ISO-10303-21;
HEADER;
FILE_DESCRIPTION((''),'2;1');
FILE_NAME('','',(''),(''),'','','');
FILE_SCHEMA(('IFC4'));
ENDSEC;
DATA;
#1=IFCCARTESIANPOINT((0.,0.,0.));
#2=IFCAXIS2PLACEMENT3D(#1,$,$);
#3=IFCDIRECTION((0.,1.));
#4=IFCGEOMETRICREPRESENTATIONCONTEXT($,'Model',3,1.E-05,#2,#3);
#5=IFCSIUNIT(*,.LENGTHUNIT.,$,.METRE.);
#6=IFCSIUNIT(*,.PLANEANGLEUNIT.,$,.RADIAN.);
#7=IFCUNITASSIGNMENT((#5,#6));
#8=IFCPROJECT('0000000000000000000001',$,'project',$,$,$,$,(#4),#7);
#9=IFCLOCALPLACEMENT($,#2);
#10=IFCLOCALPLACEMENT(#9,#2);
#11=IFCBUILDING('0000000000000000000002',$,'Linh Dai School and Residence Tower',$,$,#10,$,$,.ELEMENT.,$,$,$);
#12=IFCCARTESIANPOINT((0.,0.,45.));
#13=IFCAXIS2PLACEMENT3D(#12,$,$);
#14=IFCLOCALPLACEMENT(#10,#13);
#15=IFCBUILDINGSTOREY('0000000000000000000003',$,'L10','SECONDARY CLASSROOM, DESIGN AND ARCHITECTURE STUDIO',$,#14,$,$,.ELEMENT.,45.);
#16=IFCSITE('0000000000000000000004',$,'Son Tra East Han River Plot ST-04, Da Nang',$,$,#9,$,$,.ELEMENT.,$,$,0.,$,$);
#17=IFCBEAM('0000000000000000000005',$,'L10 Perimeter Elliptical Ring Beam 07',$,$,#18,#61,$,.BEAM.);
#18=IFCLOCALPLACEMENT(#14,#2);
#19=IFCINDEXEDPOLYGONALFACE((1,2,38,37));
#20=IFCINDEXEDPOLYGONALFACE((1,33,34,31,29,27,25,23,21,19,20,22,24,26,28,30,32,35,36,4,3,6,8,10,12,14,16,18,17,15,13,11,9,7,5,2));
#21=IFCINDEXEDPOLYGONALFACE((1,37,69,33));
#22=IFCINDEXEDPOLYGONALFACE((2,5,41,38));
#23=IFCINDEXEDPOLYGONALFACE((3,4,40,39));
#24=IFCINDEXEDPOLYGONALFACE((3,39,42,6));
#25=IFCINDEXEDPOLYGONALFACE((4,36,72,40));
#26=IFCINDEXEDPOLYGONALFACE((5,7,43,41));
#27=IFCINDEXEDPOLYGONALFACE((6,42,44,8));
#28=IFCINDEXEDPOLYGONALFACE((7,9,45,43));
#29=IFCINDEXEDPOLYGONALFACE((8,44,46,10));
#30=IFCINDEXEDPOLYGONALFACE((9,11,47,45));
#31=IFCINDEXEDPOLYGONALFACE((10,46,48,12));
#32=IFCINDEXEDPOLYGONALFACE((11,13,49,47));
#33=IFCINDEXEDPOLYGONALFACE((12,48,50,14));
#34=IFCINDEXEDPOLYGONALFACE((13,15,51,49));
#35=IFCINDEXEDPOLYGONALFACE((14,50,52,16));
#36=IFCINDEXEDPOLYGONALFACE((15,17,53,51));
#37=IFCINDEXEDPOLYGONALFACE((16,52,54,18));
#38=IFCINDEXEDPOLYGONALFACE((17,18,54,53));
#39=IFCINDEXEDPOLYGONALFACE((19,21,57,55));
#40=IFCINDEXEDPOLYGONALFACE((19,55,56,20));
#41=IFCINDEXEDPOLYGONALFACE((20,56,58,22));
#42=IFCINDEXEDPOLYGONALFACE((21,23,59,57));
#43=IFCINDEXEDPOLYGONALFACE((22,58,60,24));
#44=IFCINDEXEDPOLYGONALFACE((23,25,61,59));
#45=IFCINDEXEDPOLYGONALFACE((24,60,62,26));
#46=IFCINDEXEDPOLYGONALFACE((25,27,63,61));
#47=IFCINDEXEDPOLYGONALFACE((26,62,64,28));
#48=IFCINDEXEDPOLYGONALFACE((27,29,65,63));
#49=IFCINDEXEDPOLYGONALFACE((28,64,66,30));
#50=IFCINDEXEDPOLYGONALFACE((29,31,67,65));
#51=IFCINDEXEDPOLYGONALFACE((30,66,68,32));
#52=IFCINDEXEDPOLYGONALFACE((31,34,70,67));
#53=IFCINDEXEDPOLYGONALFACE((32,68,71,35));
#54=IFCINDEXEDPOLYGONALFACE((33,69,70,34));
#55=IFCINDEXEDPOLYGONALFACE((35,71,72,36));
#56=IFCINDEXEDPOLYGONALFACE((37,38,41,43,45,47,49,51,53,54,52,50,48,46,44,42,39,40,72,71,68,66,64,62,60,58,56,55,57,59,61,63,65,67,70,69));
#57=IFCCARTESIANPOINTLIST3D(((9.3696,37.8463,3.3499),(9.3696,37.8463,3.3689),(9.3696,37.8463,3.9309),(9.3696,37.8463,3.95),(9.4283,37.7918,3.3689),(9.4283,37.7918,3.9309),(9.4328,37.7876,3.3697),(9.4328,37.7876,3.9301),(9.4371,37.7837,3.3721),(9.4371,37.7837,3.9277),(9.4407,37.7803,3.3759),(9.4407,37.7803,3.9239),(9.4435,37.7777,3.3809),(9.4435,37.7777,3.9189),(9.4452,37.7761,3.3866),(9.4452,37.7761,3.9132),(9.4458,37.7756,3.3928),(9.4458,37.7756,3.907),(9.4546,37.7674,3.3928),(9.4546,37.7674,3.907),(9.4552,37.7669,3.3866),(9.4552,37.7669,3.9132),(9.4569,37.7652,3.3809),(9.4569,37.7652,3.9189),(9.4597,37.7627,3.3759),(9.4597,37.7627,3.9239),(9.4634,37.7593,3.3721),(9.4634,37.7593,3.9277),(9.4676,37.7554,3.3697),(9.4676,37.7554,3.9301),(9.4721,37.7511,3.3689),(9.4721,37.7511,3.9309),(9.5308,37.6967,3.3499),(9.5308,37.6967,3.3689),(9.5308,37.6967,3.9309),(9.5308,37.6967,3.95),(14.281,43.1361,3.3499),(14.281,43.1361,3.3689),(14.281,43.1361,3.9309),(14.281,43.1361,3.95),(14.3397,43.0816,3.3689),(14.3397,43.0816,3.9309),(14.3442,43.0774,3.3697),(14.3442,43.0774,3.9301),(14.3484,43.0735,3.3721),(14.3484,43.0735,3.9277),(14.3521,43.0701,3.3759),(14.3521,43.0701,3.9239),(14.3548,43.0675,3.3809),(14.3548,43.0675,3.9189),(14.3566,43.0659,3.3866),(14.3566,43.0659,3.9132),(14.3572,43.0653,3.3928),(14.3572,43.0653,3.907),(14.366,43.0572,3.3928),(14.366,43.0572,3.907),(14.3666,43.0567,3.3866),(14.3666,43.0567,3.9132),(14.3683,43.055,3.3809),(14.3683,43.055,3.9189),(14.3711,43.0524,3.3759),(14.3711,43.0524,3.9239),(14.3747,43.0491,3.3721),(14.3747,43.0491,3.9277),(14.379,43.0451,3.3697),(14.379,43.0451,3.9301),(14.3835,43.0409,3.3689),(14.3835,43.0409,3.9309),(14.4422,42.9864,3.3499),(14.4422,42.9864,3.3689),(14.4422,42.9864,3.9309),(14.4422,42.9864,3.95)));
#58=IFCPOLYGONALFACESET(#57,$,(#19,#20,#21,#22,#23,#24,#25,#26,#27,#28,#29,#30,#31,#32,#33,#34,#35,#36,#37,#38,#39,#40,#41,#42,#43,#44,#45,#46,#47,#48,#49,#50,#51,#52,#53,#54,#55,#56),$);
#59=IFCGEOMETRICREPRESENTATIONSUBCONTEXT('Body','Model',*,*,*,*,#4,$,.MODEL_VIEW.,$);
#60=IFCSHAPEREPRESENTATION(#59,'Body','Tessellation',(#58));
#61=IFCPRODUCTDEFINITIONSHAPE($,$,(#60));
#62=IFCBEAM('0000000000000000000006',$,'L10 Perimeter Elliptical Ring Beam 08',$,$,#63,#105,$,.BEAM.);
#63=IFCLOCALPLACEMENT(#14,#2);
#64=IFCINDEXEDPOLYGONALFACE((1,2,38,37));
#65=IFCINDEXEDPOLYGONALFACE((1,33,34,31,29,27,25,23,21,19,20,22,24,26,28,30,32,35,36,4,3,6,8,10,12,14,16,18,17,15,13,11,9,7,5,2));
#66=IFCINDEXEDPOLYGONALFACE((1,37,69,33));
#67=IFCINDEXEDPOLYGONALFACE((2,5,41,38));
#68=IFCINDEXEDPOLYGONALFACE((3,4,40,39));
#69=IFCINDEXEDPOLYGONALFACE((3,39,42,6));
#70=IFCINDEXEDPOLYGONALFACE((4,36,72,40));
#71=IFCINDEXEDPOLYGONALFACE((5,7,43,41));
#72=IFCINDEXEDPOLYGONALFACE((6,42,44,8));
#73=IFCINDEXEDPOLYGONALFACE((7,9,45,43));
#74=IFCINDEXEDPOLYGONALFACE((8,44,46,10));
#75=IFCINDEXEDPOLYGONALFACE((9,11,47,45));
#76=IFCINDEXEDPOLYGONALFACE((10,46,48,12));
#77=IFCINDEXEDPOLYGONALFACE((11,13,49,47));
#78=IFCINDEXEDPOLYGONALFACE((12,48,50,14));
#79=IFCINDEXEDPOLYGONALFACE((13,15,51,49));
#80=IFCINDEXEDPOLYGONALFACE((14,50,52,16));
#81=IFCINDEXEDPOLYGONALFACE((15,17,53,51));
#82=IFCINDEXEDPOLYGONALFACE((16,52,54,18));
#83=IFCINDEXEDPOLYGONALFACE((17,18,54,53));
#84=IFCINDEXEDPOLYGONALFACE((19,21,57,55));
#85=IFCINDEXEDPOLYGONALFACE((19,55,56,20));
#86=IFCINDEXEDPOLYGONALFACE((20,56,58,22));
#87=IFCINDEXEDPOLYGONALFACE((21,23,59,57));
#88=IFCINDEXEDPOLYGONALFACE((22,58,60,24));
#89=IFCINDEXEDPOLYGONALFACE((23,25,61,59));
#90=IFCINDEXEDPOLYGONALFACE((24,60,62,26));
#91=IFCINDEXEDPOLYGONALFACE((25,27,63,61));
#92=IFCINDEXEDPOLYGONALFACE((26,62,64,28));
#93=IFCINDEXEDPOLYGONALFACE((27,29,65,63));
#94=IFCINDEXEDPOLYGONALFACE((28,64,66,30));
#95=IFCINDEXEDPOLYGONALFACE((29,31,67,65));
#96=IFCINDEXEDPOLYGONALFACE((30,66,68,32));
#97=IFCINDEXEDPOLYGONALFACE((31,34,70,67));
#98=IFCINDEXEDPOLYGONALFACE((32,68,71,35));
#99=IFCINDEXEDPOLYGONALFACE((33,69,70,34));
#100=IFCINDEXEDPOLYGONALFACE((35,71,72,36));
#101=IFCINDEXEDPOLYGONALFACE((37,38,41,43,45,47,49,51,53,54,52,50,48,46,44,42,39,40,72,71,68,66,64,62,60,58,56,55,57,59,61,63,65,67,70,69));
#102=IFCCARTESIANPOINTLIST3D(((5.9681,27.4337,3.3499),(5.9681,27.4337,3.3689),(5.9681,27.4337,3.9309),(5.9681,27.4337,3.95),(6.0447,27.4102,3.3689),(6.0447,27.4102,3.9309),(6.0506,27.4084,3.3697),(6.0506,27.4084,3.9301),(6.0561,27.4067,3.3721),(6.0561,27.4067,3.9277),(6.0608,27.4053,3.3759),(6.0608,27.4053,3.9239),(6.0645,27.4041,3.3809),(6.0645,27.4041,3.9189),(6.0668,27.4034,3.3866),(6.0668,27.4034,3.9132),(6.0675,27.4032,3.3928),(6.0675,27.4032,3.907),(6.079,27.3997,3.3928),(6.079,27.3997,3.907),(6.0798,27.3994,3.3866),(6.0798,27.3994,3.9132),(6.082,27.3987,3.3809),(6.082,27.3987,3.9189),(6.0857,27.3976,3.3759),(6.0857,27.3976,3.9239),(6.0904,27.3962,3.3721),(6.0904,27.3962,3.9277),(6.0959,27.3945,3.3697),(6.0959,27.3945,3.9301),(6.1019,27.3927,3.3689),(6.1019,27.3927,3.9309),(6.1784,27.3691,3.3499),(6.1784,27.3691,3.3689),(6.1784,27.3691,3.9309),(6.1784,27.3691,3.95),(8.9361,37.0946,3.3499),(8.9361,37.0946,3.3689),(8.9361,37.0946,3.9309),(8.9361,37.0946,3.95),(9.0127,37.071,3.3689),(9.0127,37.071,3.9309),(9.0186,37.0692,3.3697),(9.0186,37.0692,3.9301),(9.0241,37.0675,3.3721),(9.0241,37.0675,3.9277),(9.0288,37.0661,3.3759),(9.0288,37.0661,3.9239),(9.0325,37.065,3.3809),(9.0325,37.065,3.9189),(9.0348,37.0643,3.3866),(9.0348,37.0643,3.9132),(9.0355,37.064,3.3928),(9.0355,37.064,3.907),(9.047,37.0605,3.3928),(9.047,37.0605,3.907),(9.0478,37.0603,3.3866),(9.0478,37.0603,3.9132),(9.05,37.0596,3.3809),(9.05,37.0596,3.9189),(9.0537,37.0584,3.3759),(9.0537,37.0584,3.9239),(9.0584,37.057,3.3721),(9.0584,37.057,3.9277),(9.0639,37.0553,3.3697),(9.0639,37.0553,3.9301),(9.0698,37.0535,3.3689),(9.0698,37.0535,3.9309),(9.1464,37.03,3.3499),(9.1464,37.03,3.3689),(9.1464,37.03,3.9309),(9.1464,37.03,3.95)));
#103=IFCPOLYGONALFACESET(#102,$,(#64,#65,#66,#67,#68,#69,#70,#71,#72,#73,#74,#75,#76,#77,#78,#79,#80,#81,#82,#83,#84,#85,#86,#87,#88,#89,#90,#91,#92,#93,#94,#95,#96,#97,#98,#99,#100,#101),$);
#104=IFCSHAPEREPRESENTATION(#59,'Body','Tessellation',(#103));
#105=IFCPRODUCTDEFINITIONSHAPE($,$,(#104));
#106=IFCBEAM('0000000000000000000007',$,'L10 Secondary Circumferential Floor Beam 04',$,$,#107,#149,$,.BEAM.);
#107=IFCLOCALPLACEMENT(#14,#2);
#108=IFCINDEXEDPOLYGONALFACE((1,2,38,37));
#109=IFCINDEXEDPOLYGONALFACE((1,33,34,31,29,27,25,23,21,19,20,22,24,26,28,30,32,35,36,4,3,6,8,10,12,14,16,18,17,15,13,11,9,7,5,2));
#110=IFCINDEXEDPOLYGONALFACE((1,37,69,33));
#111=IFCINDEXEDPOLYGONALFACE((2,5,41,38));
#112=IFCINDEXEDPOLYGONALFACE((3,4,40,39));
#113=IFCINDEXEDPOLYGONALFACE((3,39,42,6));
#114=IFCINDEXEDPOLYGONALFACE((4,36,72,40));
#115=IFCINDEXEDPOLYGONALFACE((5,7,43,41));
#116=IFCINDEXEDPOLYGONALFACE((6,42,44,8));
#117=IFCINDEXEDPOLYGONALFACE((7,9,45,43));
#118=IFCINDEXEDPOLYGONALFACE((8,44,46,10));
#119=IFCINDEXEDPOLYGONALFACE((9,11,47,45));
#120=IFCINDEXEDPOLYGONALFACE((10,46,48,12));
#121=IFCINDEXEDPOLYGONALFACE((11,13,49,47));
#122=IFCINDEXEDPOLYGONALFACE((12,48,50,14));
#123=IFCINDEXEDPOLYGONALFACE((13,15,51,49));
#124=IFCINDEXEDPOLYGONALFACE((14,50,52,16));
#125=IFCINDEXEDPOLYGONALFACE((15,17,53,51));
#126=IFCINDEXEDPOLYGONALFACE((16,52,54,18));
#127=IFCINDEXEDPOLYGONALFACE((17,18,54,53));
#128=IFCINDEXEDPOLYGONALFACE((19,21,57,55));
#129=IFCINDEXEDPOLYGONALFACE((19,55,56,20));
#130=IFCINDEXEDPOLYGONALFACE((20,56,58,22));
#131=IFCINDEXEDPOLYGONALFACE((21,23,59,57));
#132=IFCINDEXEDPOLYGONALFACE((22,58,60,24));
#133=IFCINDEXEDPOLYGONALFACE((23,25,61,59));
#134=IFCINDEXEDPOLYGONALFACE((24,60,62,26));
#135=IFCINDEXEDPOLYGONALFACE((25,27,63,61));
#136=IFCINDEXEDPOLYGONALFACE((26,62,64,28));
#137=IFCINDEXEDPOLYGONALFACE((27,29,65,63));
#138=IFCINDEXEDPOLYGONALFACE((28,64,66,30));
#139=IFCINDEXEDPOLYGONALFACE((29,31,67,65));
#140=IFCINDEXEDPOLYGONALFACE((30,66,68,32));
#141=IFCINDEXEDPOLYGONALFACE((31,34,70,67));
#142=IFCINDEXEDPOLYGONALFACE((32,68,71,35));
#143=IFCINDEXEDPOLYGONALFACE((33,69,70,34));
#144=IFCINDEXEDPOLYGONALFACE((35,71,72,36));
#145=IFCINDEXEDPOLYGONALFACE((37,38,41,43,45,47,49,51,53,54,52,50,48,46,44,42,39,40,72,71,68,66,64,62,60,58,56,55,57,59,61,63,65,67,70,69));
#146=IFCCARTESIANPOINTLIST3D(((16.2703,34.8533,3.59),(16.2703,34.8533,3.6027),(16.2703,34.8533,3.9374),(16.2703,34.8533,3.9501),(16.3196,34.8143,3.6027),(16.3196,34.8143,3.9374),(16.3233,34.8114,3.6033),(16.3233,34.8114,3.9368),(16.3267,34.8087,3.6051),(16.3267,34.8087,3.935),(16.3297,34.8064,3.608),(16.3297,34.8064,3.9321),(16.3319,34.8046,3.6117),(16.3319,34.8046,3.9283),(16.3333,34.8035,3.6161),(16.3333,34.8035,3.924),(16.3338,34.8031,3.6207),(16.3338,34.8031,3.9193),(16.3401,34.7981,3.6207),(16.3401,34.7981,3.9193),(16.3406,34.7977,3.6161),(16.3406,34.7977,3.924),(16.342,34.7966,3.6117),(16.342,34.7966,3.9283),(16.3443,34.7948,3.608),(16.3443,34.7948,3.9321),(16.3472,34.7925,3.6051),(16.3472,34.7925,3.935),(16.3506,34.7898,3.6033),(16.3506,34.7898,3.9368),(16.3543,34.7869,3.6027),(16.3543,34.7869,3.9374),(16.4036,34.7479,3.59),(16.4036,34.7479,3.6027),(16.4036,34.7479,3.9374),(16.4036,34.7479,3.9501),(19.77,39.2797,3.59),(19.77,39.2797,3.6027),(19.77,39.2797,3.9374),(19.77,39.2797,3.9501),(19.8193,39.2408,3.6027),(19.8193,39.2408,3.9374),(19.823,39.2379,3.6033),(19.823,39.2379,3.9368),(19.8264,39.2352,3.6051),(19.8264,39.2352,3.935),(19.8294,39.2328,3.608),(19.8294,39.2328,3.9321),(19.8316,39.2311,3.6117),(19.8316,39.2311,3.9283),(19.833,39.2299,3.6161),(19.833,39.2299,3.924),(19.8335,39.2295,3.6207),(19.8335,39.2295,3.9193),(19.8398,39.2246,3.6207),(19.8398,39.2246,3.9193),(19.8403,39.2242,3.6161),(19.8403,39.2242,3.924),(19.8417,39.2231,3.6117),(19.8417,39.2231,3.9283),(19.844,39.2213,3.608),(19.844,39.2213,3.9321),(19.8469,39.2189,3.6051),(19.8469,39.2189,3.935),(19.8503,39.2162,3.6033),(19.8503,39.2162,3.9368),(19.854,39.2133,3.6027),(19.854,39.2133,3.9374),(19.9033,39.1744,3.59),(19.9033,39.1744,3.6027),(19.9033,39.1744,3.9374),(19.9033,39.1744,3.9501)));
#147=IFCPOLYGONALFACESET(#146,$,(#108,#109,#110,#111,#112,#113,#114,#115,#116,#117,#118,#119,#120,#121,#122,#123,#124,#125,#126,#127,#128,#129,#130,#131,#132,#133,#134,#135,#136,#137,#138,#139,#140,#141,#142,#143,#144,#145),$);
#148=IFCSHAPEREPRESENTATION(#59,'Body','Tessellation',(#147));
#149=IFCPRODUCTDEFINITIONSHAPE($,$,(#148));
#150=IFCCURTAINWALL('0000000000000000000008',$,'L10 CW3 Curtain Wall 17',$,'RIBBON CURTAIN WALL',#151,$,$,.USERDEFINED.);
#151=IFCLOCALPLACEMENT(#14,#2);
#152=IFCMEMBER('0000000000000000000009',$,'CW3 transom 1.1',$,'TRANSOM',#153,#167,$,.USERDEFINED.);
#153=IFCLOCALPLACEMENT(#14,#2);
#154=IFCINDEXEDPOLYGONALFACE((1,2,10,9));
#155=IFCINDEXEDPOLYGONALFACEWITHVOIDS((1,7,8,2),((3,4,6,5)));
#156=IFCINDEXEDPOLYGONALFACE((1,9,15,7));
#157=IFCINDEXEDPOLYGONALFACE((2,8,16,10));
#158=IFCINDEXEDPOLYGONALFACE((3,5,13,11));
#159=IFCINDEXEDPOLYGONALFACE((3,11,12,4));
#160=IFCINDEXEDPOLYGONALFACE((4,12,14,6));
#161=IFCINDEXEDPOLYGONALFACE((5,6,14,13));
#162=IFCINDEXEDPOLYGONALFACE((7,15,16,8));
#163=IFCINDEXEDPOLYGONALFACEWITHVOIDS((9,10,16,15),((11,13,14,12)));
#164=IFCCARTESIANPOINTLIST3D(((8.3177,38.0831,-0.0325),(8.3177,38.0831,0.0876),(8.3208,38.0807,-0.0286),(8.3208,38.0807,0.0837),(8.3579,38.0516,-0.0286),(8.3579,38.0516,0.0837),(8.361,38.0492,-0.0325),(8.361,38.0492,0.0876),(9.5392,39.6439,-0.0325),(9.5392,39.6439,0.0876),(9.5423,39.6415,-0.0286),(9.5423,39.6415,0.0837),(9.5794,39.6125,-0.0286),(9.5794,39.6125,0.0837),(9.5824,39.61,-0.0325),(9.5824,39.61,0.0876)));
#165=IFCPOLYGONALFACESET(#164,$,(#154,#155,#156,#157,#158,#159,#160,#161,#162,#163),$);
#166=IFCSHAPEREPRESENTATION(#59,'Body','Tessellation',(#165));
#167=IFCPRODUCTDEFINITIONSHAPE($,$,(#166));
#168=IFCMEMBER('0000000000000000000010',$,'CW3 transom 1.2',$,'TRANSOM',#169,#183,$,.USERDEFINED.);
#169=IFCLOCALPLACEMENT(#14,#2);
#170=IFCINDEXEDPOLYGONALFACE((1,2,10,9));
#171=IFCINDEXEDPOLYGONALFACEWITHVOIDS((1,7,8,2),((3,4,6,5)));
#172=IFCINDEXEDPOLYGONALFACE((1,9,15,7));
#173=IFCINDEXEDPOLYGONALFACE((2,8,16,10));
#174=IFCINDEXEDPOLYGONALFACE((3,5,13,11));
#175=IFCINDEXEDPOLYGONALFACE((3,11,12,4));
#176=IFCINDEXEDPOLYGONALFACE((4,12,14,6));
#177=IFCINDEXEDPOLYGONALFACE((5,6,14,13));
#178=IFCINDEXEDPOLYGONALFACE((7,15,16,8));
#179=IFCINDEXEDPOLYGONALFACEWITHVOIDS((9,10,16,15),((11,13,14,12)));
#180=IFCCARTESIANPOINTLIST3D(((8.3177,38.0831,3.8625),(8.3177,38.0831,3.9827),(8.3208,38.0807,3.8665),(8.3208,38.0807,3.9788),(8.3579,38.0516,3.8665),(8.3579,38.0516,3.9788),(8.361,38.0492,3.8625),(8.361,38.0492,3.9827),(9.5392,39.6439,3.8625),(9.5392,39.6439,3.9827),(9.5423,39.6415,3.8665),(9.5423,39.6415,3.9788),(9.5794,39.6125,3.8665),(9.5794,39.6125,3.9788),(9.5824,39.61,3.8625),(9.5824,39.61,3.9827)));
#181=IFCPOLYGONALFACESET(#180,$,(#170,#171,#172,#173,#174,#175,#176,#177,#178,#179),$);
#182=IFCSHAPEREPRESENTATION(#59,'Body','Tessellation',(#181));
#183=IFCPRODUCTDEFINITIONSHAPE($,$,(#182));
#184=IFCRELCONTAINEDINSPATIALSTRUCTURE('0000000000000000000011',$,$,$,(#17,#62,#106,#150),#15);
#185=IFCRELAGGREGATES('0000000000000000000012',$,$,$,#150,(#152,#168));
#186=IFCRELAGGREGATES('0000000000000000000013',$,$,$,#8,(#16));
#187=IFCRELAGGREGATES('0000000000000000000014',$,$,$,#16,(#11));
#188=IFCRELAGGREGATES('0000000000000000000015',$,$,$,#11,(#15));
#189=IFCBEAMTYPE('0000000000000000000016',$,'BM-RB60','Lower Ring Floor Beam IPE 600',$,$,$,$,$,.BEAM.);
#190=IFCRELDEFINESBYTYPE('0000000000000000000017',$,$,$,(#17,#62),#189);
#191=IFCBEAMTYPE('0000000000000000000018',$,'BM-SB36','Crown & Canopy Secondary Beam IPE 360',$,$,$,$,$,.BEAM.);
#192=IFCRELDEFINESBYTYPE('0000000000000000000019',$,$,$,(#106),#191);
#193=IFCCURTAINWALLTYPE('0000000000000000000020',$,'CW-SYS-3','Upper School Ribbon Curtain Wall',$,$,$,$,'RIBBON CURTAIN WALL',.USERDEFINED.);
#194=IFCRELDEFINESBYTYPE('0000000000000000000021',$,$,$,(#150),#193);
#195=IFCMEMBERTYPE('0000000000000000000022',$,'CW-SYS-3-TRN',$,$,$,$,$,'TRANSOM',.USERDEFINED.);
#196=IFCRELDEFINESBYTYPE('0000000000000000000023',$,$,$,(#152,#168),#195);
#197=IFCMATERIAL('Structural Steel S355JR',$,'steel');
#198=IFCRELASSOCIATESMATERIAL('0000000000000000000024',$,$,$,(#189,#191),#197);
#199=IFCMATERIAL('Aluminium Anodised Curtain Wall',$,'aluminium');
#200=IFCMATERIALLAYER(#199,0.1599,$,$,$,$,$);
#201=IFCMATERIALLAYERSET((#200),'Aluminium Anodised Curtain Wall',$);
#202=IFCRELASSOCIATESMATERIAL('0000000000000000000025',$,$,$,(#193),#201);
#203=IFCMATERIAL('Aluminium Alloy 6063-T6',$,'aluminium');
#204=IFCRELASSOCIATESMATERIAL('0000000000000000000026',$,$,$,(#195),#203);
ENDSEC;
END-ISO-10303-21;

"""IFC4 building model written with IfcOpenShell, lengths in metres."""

from ifc_helpers import new_model, si_unit, direction, frame, origin, origin_2d, place, context, subcontext, project, spatial, hollow_rectangle, i_section, extrude, source, transform, mapped, material, layer, layer_set, material_profile, profile_set, type_object, element, aggregate, save


model = new_model("IFC4")

# Units and contexts
model_context = context("Model", 3, precision=1e-05, world=origin(), true_north=direction((0.0, 1.0)))
body_context = subcontext(model_context, "Body", "Model", "MODEL_VIEW")
ifc_project = project(units=[si_unit("LENGTHUNIT", "METRE"), si_unit("PLANEANGLEUNIT", "RADIAN")], contexts=[model_context])

# Site, building, storey
site_placement = place(None, origin())
site = spatial("IfcSite", under=ifc_project, at=site_placement, Name="Son Tra East Han River Plot ST-04, Da Nang", CompositionType="ELEMENT", RefElevation=0.0)
building_placement = place(site_placement, origin())
building = spatial("IfcBuilding", under=site, at=building_placement, Name="Linh Dai School and Residence Tower", CompositionType="ELEMENT")
storey_placement = place(building_placement, frame((0.0, 0.0, 45.0)))
storey = spatial("IfcBuildingStorey", under=building, at=storey_placement, Name="L10", Description="SECONDARY CLASSROOM, DESIGN AND ARCHITECTURE STUDIO", CompositionType="ELEMENT", Elevation=45.0)

# Shared definitions
ifc_material_1 = material(Name="Structural Steel S355JR", Category="steel")

# Beams
ifc_material_profile_1 = material_profile(ifc_material_1, i_section(OverallWidth=0.22, OverallDepth=0.6001, WebThickness=0.012, FlangeThickness=0.019, FilletRadius=0.0239, at=origin_2d()), Name="IPE 600")
ifc_profile_set_1 = profile_set([ifc_material_profile_1], Name="Structural Steel S355JR")
beam_type_1 = type_object("IfcBeamType", Name="BM-RB60", Description="Lower Ring Floor Beam IPE 600", PredefinedType="BEAM", material=ifc_profile_set_1)
beam_1_placement = place(storey_placement, frame((14.3616, 43.0613, 3.6499), z_axis=(-0.680408, -0.732833, 0.0), x_axis=(0.732833, -0.680408, 0.0)))
element("IfcBeam", 1, at=beam_1_placement, inside=storey, type_object=beam_type_1, Name="L10 Perimeter Elliptical Ring Beam 07", PredefinedType="BEAM", context=body_context, shape_type="SweptSolid", body=[
    extrude(i_section(OverallWidth=0.22, OverallDepth=0.6001, WebThickness=0.012, FlangeThickness=0.019, FilletRadius=0.0239, at=origin_2d()), origin(), (0.0, 0.0, 1.0), 7.2183),
])
beam_2_placement = place(storey_placement, frame((9.0413, 37.0623, 3.6499), z_axis=(-0.293673, -0.955906, 0.0), x_axis=(0.955906, -0.293673, 0.0)))
element("IfcBeam", 2, at=beam_2_placement, inside=storey, type_object=beam_type_1, Name="L10 Perimeter Elliptical Ring Beam 08", PredefinedType="BEAM", context=body_context, shape_type="SweptSolid", body=[
    extrude(i_section(OverallWidth=0.22, OverallDepth=0.6001, WebThickness=0.012, FlangeThickness=0.019, FilletRadius=0.0239, at=origin_2d()), origin(), (0.0, 0.0, 1.0), 10.1064),
])
ifc_material_profile_2 = material_profile(ifc_material_1, i_section(OverallWidth=0.1699, OverallDepth=0.3601, WebThickness=0.0081, FlangeThickness=0.0127, FilletRadius=0.0181, at=origin_2d()), Name="IPE 360")
ifc_profile_set_2 = profile_set([ifc_material_profile_2], Name="Structural Steel S355JR")
beam_type_2 = type_object("IfcBeamType", Name="BM-SB36", Description="Crown & Canopy Secondary Beam IPE 360", PredefinedType="BEAM", material=ifc_profile_set_2)
beam_3_placement = place(storey_placement, frame((19.8367, 39.2271, 3.77), z_axis=(-0.620205, -0.78444, 0.0), x_axis=(0.78444, -0.620205, 0.0)))
element("IfcBeam", 3, at=beam_3_placement, inside=storey, type_object=beam_type_2, Name="L10 Secondary Circumferential Floor Beam 04", PredefinedType="BEAM", context=body_context, shape_type="SweptSolid", body=[
    extrude(i_section(OverallWidth=0.1699, OverallDepth=0.3601, WebThickness=0.0081, FlangeThickness=0.0127, FilletRadius=0.0181, at=origin_2d()), origin(), (0.0, 0.0, 1.0), 5.6428),
])

# Curtain wall, members
ifc_material_2 = material(Name="Aluminium Anodised Curtain Wall", Category="aluminium")
ifc_layer_1 = layer(ifc_material_2, 0.1599)
ifc_layer_set_1 = layer_set([ifc_layer_1], Name="Aluminium Anodised Curtain Wall")
curtain_wall_type = type_object("IfcCurtainWallType", Name="CW-SYS-3", Description="Upper School Ribbon Curtain Wall", ElementType="RIBBON CURTAIN WALL", PredefinedType="USERDEFINED", material=ifc_layer_set_1)
curtain_wall_placement = place(storey_placement, origin())
curtain_wall = element("IfcCurtainWall", 4, at=curtain_wall_placement, inside=storey, type_object=curtain_wall_type, Name="L10 CW3 Curtain Wall 17", ObjectType="RIBBON CURTAIN WALL", PredefinedType="USERDEFINED")
ifc_material_3 = material(Name="Aluminium Alloy 6063-T6", Category="aluminium")
ifc_material_profile_3 = material_profile(ifc_material_3, hollow_rectangle(XDim=0.0549, YDim=0.1201, WallThickness=0.0039, at=origin_2d()), Name="RHS 120x55x4")
ifc_profile_set_3 = profile_set([ifc_material_profile_3], Name="Aluminium Alloy 6063-T6")
member_type_1 = type_object("IfcMemberType", Name="CW-SYS-3-TRN", ElementType="TRANSOM", PredefinedType="USERDEFINED", material=ifc_profile_set_3)
shared_shape_1 = source(origin(), body_context, "Body", "SweptSolid", [
    extrude(hollow_rectangle(XDim=0.0549, YDim=0.1201, WallThickness=0.0039, at=origin_2d()), origin(), (0.0, 0.0, 1.0), 1.9819),
])
member_1_placement = place(storey_placement, frame((8.3394, 38.0662, 0.0276), z_axis=(0.616292, 0.787518, 0.0), x_axis=(-0.787518, 0.616292, 0.0)))
member_1 = element("IfcMember", 5, at=member_1_placement, type_object=member_type_1, Name="CW3 transom 1.1", ObjectType="TRANSOM", PredefinedType="USERDEFINED", context=body_context, shape_type="MappedRepresentation", body=[
    mapped(shared_shape_1, transform((0.0, 0.0, 0.0), x_axis=(1.0, 0.0, 0.0), y_axis=(0.0, 1.0, 0.0), z_axis=(0.0, 0.0, 1.0), scale=1.0)),
])
member_2_placement = place(storey_placement, frame((8.3394, 38.0662, 3.9226), z_axis=(0.616292, 0.787518, 0.0), x_axis=(-0.787518, 0.616292, 0.0)))
member_2 = element("IfcMember", 6, at=member_2_placement, type_object=member_type_1, Name="CW3 transom 1.2", ObjectType="TRANSOM", PredefinedType="USERDEFINED", context=body_context, shape_type="MappedRepresentation", body=[
    mapped(shared_shape_1, transform((0.0, 0.0, 0.0), x_axis=(1.0, 0.0, 0.0), y_axis=(0.0, 1.0, 0.0), z_axis=(0.0, 0.0, 1.0), scale=1.0)),
])

aggregate(curtain_wall, [member_1, member_2])

save(model, "model.ifc")
